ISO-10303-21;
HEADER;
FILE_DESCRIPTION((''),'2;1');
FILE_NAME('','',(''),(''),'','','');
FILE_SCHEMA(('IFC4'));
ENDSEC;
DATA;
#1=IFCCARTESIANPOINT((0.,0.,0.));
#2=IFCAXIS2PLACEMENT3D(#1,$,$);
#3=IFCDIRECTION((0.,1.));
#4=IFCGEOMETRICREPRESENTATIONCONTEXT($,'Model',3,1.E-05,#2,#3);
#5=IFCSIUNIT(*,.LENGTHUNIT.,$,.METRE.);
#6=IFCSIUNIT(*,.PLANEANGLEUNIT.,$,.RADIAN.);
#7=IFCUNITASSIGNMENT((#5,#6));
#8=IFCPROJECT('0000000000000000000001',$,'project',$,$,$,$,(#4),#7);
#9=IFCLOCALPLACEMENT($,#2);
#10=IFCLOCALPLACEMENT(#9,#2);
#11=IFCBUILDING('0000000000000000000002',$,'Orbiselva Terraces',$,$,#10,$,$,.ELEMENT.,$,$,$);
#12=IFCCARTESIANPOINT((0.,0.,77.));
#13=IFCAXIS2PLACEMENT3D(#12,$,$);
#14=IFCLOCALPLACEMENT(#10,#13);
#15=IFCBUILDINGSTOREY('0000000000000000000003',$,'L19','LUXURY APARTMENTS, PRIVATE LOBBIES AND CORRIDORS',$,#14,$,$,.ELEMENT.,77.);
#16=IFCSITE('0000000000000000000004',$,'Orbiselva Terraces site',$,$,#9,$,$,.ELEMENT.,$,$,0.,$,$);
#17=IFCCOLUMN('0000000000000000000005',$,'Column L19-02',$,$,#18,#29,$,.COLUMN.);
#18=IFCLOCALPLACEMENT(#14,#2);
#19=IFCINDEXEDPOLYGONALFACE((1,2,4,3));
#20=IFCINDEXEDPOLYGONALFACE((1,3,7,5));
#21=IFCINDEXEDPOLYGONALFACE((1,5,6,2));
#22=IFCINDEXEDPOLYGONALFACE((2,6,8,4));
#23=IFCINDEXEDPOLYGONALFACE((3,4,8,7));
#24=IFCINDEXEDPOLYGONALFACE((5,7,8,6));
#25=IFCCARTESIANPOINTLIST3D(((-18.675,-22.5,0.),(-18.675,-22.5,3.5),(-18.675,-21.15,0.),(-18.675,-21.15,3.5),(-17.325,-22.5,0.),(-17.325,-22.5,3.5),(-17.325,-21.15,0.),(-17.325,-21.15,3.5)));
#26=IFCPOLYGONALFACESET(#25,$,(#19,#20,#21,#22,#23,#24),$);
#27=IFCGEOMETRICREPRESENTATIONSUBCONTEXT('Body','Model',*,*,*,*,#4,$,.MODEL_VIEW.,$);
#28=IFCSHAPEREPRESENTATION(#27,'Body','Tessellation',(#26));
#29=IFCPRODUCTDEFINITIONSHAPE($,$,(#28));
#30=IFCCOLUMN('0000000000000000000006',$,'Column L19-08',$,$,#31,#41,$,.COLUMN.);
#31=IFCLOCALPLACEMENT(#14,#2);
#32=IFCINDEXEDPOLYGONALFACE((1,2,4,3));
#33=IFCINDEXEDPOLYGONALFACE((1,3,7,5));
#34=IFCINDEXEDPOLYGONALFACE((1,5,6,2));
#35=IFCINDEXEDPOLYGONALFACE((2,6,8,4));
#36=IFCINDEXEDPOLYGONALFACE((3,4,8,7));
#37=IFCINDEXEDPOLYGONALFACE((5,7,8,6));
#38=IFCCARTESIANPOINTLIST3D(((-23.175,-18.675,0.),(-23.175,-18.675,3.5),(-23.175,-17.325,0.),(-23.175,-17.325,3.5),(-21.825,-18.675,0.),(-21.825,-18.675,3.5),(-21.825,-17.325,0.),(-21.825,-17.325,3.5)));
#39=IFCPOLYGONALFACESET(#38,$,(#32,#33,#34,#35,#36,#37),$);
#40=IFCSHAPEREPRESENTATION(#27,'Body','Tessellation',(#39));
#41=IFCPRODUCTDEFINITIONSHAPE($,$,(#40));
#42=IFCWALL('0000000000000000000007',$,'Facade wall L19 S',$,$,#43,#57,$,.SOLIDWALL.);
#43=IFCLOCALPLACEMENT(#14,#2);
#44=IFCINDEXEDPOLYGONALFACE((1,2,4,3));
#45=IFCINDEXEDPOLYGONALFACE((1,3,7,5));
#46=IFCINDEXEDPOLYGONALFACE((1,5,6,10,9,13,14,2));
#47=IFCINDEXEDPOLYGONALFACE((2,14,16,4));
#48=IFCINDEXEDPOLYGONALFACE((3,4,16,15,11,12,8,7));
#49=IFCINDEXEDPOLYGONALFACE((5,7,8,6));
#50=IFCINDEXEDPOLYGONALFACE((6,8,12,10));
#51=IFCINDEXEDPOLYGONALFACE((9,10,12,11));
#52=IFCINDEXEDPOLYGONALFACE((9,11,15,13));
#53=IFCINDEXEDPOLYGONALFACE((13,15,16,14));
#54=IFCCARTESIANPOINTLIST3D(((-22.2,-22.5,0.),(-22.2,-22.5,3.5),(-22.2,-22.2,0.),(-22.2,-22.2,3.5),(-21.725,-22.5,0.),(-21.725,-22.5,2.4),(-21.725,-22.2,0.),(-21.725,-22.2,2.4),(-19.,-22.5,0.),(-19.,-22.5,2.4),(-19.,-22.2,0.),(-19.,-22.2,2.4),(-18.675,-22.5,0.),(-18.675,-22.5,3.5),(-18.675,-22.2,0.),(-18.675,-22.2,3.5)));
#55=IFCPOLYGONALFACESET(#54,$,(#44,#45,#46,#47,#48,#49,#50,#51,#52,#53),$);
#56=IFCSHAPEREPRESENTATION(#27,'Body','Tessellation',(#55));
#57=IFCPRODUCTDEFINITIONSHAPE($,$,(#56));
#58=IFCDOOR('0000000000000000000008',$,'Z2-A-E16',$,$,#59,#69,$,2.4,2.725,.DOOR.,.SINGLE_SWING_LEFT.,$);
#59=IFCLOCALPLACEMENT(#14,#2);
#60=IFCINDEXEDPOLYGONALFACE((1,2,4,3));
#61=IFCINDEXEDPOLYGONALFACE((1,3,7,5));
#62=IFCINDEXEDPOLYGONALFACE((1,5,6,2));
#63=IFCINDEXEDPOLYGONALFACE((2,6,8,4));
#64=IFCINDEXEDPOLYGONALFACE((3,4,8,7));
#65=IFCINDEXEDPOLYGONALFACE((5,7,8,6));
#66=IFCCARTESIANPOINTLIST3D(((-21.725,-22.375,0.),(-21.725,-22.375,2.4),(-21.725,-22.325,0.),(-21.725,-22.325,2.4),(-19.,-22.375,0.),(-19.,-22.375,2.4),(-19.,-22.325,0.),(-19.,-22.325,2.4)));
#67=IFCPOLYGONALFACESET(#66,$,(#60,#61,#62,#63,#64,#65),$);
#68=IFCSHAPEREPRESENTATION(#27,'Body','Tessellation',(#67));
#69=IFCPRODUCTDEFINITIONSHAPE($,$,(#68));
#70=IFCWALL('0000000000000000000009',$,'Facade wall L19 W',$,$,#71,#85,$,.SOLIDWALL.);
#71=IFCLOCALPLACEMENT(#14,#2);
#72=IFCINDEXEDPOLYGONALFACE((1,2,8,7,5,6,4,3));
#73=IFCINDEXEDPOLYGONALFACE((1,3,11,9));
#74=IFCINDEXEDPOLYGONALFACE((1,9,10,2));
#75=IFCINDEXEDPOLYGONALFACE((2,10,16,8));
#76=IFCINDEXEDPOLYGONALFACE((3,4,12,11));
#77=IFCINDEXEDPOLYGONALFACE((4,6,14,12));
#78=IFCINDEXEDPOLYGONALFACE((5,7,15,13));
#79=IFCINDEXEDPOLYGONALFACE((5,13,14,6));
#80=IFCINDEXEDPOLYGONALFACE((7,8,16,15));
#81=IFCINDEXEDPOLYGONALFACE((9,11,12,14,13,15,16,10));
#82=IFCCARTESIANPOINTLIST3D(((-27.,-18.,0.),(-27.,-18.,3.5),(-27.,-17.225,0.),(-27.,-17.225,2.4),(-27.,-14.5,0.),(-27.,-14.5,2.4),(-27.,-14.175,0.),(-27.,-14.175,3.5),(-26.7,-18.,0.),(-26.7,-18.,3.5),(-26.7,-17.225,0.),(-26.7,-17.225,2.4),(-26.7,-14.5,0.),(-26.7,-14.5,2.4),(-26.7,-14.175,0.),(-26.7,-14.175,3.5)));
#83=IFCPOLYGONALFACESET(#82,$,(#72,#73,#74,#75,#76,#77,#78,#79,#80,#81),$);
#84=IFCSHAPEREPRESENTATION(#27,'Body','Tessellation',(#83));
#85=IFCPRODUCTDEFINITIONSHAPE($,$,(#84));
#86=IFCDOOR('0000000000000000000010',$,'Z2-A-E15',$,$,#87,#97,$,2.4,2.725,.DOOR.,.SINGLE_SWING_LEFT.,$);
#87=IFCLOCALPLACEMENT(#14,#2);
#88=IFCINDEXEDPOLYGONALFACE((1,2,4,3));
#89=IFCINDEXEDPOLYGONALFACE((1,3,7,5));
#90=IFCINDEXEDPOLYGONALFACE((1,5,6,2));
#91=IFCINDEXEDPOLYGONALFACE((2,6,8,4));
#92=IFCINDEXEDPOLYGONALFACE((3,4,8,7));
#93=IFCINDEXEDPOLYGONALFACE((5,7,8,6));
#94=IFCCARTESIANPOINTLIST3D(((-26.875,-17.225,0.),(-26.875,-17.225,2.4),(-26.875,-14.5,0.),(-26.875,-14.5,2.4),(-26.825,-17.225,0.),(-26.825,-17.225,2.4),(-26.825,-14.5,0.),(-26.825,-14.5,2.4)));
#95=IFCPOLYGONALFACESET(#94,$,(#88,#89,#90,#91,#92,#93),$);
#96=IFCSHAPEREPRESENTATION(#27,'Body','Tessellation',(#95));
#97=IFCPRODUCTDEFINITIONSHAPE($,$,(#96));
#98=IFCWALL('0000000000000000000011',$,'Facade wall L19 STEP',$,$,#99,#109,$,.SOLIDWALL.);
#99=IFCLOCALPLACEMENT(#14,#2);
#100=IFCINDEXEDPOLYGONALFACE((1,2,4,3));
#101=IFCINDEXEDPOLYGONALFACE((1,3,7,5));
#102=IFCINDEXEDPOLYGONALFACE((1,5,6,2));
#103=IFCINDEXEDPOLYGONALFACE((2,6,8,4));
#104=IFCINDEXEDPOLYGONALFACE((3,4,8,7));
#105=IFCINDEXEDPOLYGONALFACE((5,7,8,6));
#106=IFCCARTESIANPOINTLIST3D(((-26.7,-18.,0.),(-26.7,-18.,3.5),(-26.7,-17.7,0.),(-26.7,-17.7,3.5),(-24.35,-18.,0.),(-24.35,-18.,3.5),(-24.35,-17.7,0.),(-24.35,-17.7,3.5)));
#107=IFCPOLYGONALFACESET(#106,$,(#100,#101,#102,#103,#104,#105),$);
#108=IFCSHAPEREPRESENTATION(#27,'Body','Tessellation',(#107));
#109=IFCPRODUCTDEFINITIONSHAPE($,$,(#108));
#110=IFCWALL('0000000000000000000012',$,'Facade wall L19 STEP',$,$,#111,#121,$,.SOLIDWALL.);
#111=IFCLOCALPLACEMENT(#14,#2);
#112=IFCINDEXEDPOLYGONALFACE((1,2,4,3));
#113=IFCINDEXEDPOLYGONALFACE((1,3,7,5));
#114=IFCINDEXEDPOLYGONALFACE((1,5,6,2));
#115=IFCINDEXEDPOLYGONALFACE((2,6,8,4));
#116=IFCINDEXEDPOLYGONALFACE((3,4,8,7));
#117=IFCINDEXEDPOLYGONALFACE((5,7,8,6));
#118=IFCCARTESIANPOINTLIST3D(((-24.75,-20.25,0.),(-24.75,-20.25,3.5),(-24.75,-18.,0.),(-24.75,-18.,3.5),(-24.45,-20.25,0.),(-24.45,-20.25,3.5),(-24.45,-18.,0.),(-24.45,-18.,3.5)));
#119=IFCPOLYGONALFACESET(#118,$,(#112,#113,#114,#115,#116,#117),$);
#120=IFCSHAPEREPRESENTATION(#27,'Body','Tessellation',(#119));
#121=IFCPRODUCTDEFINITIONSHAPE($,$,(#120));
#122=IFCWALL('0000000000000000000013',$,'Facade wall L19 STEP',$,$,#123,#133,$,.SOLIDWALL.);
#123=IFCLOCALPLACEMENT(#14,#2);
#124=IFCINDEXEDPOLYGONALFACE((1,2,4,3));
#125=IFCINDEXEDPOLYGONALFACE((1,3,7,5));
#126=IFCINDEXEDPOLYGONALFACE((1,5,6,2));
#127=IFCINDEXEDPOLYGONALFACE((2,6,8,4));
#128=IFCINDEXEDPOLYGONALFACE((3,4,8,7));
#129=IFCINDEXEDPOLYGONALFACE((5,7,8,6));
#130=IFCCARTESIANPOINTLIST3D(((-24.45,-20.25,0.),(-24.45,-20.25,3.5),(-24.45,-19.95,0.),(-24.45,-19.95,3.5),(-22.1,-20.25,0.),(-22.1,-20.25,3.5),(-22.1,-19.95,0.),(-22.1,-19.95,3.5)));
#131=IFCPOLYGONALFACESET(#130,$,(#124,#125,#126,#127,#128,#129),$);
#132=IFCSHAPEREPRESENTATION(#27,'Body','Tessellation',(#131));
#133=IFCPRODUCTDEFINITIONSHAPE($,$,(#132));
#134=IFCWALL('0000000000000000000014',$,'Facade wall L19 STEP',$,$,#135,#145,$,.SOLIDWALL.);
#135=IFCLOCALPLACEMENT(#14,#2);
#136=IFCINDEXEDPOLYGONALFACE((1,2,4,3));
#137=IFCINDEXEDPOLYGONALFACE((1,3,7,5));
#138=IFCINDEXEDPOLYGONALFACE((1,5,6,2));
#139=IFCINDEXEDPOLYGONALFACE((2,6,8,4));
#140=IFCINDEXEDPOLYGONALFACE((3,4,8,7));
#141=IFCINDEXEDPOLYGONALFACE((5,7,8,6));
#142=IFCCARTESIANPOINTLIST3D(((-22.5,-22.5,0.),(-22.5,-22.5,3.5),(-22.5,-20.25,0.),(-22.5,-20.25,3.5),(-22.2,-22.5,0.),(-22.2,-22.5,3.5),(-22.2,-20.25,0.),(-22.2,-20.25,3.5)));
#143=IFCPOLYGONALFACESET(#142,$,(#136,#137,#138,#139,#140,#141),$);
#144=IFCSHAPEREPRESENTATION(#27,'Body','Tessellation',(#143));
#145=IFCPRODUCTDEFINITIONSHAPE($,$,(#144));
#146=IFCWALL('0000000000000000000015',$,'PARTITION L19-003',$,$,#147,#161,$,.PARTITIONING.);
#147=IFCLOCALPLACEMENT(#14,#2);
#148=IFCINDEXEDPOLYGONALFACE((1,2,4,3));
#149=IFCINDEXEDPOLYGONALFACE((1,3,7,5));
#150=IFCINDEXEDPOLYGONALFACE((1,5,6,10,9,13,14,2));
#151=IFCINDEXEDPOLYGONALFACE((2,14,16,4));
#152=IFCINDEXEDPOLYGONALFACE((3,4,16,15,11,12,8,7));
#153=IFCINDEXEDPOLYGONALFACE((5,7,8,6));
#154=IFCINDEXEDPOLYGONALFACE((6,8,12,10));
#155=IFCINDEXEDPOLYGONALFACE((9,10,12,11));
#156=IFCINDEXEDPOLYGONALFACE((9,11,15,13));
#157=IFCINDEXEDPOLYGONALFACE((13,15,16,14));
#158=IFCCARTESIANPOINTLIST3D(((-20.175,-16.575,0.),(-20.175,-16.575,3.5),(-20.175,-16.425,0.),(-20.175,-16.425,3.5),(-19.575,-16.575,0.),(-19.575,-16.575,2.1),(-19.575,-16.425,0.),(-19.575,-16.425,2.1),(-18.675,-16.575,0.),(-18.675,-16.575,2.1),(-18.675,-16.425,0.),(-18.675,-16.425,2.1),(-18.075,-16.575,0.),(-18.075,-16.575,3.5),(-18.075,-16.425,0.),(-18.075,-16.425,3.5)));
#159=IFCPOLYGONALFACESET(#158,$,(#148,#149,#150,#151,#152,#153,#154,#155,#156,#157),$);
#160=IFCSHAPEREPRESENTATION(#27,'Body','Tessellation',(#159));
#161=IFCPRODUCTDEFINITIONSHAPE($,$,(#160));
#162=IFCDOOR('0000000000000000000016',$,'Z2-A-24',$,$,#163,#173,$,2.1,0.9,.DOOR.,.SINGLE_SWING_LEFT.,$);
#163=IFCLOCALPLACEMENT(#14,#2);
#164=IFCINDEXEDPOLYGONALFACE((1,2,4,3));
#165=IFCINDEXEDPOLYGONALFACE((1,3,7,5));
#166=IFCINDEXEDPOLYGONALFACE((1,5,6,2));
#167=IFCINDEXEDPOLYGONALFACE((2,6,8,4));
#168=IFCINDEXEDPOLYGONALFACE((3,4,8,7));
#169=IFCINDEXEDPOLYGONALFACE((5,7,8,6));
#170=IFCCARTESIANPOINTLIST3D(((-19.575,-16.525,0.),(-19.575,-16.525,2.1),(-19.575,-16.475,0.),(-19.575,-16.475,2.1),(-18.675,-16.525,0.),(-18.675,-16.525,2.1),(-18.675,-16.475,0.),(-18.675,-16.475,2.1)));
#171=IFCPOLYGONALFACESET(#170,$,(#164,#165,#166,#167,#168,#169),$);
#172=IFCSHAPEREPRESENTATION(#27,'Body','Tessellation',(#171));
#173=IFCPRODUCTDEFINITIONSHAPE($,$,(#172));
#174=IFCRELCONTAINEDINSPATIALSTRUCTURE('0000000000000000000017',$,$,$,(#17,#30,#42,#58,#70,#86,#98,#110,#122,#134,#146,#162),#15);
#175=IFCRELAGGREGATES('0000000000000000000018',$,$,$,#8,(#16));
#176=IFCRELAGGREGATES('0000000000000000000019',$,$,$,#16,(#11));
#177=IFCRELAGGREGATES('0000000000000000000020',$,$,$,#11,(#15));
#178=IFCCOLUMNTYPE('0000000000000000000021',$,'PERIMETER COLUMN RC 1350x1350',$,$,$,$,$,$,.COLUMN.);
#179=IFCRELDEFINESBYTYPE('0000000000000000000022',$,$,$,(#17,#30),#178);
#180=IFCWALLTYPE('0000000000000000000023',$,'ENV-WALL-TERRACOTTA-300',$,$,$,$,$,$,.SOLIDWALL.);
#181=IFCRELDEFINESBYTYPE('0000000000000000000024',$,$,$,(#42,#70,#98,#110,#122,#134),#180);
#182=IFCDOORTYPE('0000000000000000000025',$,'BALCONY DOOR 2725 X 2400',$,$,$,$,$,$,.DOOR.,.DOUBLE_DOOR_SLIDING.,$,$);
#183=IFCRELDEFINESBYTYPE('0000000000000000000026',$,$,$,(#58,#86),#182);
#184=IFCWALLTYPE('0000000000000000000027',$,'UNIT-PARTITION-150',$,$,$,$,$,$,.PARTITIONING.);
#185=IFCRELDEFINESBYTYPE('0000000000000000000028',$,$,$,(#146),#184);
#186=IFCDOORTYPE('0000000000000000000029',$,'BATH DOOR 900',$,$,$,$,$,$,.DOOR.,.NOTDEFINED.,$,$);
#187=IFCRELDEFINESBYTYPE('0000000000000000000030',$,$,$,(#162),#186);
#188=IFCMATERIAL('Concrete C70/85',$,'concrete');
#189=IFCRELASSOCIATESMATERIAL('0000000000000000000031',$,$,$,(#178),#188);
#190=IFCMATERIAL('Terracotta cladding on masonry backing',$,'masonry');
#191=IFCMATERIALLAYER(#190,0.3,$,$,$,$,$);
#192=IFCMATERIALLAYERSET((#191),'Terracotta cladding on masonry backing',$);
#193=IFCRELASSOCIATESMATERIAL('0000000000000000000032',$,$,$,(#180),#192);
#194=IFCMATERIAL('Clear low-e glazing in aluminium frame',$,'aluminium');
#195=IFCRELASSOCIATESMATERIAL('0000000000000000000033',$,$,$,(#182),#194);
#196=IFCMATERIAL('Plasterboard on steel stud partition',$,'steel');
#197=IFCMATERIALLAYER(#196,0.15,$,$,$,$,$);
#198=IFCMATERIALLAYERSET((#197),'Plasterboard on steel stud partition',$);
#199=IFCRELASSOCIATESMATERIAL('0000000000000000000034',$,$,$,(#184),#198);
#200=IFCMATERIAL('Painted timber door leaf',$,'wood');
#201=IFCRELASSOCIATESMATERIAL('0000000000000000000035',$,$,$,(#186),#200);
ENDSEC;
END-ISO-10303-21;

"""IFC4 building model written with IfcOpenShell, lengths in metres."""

from ifc_helpers import new_model, si_unit, direction, frame, frame_2d, origin, origin_2d, place, context, subcontext, project, spatial, rectangle, extrude, material, layer, layer_set, material_profile, profile_set, type_object, element, fill, save


model = new_model("IFC4")

# Units and contexts
model_context = context("Model", 3, precision=1e-05, world=origin(), true_north=direction((0.0, 1.0)))
body_context = subcontext(model_context, "Body", "Model", "MODEL_VIEW")
ifc_project = project(units=[si_unit("LENGTHUNIT", "METRE"), si_unit("PLANEANGLEUNIT", "RADIAN")], contexts=[model_context])

# Site, building, storey
site_placement = place(None, origin())
site = spatial("IfcSite", under=ifc_project, at=site_placement, Name="Orbiselva Terraces site", CompositionType="ELEMENT", RefElevation=0.0)
building_placement = place(site_placement, origin())
building = spatial("IfcBuilding", under=site, at=building_placement, Name="Orbiselva Terraces", CompositionType="ELEMENT")
storey_placement = place(building_placement, frame((0.0, 0.0, 77.0)))
storey = spatial("IfcBuildingStorey", under=building, at=storey_placement, Name="L19", Description="LUXURY APARTMENTS, PRIVATE LOBBIES AND CORRIDORS", CompositionType="ELEMENT", Elevation=77.0)

# Columns
ifc_material_1 = material(Name="Concrete C70/85", Category="concrete")
ifc_material_profile = material_profile(ifc_material_1, rectangle(XDim=1.35, YDim=1.35, at=origin_2d()), Name="RC 1350x1350")
ifc_profile_set = profile_set([ifc_material_profile], Name="Concrete C70/85")
column_type = type_object("IfcColumnType", Name="PERIMETER COLUMN RC 1350x1350", PredefinedType="COLUMN", material=ifc_profile_set)
for number, where, z_axis, x_axis, name in (
    (1, (-18.0, -21.825, 0.0), (0.0, 0.0, 1.0), (1.0, 0.0, 0.0), "Column L19-02"),
    (2, (-22.5, -18.0, 0.0), (0.0, 0.0, 1.0), (1.0, 0.0, 0.0), "Column L19-08"),
):
    element("IfcColumn", number, at=place(storey_placement, frame(where, z_axis=z_axis, x_axis=x_axis)), inside=storey, type_object=column_type, Name=name, PredefinedType="COLUMN", context=body_context, shape_type="SweptSolid", body=[
        extrude(rectangle(XDim=1.35, YDim=1.35, at=origin_2d()), origin(), (0.0, 0.0, 1.0), 3.5),
    ])

# Walls, openings, doors
ifc_material_2 = material(Name="Terracotta cladding on masonry backing", Category="masonry")
ifc_layer_1 = layer(ifc_material_2, 0.3)
ifc_layer_set_1 = layer_set([ifc_layer_1], Name="Terracotta cladding on masonry backing")
wall_type_1 = type_object("IfcWallType", Name="ENV-WALL-TERRACOTTA-300", PredefinedType="SOLIDWALL", material=ifc_layer_set_1)
wall_1_placement = place(storey_placement, frame((-18.675, -22.35, 0.0), z_axis=(0.0, 0.0, 1.0), x_axis=(-1.0, 0.0, 0.0)))
wall_1 = element("IfcWall", 3, at=wall_1_placement, inside=storey, type_object=wall_type_1, Name="Facade wall L19 S", PredefinedType="SOLIDWALL", context=body_context, shape_type="SweptSolid", body=[
    extrude(rectangle(XDim=3.525, YDim=0.3, at=frame_2d((1.7625, 0.0))), origin(), (0.0, 0.0, 1.0), 3.5),
])
opening_1_placement = place(wall_1_placement, frame((0.325, 0.0, 0.0)))
opening_1 = element("IfcOpeningElement", 4, at=opening_1_placement, cuts=wall_1, PredefinedType="OPENING", context=body_context, shape_type="SweptSolid", body=[
    extrude(rectangle(XDim=2.725, YDim=2.4, at=frame_2d((1.3625, 1.2))), frame((0.0, 0.16, 0.0), z_axis=(0.0, -1.0, 0.0), x_axis=(1.0, 0.0, 0.0)), (0.0, 0.0, 1.0), 0.32),
])
ifc_material_3 = material(Name="Clear low-e glazing in aluminium frame", Category="aluminium")
door_type_1 = type_object("IfcDoorType", Name="BALCONY DOOR 2725 X 2400", OperationType="DOUBLE_DOOR_SLIDING", PredefinedType="DOOR", material=ifc_material_3)
door_1_placement = place(opening_1_placement, origin())
door_1 = element("IfcDoor", 5, at=door_1_placement, inside=storey, type_object=door_type_1, Name="Z2-A-E16", OperationType="SINGLE_SWING_LEFT", OverallHeight=2.4, OverallWidth=2.725, PredefinedType="DOOR", context=body_context, shape_type="SweptSolid", body=[
    extrude(rectangle(XDim=2.725, YDim=2.4, at=frame_2d((1.3625, 1.2))), frame((0.0, 0.025, 0.0), z_axis=(0.0, -1.0, 0.0), x_axis=(1.0, 0.0, 0.0)), (0.0, 0.0, 1.0), 0.05),
])
fill(opening_1, door_1)
wall_2_placement = place(storey_placement, frame((-26.85, -18.0, 0.0), z_axis=(0.0, 0.0, 1.0), x_axis=(0.0, 1.0, 0.0)))
wall_2 = element("IfcWall", 6, at=wall_2_placement, inside=storey, type_object=wall_type_1, Name="Facade wall L19 W", PredefinedType="SOLIDWALL", context=body_context, shape_type="SweptSolid", body=[
    extrude(rectangle(XDim=3.825, YDim=0.3, at=frame_2d((1.9125, 0.0))), origin(), (0.0, 0.0, 1.0), 3.5),
])
opening_2_placement = place(wall_2_placement, frame((0.775, 0.0, 0.0)))
opening_2 = element("IfcOpeningElement", 7, at=opening_2_placement, cuts=wall_2, PredefinedType="OPENING", context=body_context, shape_type="SweptSolid", body=[
    extrude(rectangle(XDim=2.725, YDim=2.4, at=frame_2d((1.3625, 1.2))), frame((0.0, 0.16, 0.0), z_axis=(0.0, -1.0, 0.0), x_axis=(1.0, 0.0, 0.0)), (0.0, 0.0, 1.0), 0.32),
])
door_2_placement = place(opening_2_placement, origin())
door_2 = element("IfcDoor", 8, at=door_2_placement, inside=storey, type_object=door_type_1, Name="Z2-A-E15", OperationType="SINGLE_SWING_LEFT", OverallHeight=2.4, OverallWidth=2.725, PredefinedType="DOOR", context=body_context, shape_type="SweptSolid", body=[
    extrude(rectangle(XDim=2.725, YDim=2.4, at=frame_2d((1.3625, 1.2))), frame((0.0, 0.025, 0.0), z_axis=(0.0, -1.0, 0.0), x_axis=(1.0, 0.0, 0.0)), (0.0, 0.0, 1.0), 0.05),
])
fill(opening_2, door_2)

# Walls
wall_3_placement = place(storey_placement, frame((-24.35, -17.85, 0.0), z_axis=(0.0, 0.0, 1.0), x_axis=(-1.0, 0.0, 0.0)))
element("IfcWall", 9, at=wall_3_placement, inside=storey, type_object=wall_type_1, Name="Facade wall L19 STEP", PredefinedType="SOLIDWALL", context=body_context, shape_type="SweptSolid", body=[
    extrude(rectangle(XDim=2.35, YDim=0.3, at=frame_2d((1.175, 0.0))), origin(), (0.0, 0.0, 1.0), 3.5),
])
wall_4_placement = place(storey_placement, frame((-24.6, -20.25, 0.0), z_axis=(0.0, 0.0, 1.0), x_axis=(0.0, 1.0, 0.0)))
element("IfcWall", 10, at=wall_4_placement, inside=storey, type_object=wall_type_1, Name="Facade wall L19 STEP", PredefinedType="SOLIDWALL", context=body_context, shape_type="SweptSolid", body=[
    extrude(rectangle(XDim=2.25, YDim=0.3, at=frame_2d((1.125, 0.0))), origin(), (0.0, 0.0, 1.0), 3.5),
])
wall_5_placement = place(storey_placement, frame((-22.1, -20.1, 0.0), z_axis=(0.0, 0.0, 1.0), x_axis=(-1.0, 0.0, 0.0)))
element("IfcWall", 11, at=wall_5_placement, inside=storey, type_object=wall_type_1, Name="Facade wall L19 STEP", PredefinedType="SOLIDWALL", context=body_context, shape_type="SweptSolid", body=[
    extrude(rectangle(XDim=2.35, YDim=0.3, at=frame_2d((1.175, 0.0))), origin(), (0.0, 0.0, 1.0), 3.5),
])
wall_6_placement = place(storey_placement, frame((-22.35, -22.5, 0.0), z_axis=(0.0, 0.0, 1.0), x_axis=(0.0, 1.0, 0.0)))
element("IfcWall", 12, at=wall_6_placement, inside=storey, type_object=wall_type_1, Name="Facade wall L19 STEP", PredefinedType="SOLIDWALL", context=body_context, shape_type="SweptSolid", body=[
    extrude(rectangle(XDim=2.25, YDim=0.3, at=frame_2d((1.125, 0.0))), origin(), (0.0, 0.0, 1.0), 3.5),
])

# Wall, opening, door
ifc_material_4 = material(Name="Plasterboard on steel stud partition", Category="steel")
ifc_layer_2 = layer(ifc_material_4, 0.15)
ifc_layer_set_2 = layer_set([ifc_layer_2], Name="Plasterboard on steel stud partition")
wall_type_2 = type_object("IfcWallType", Name="UNIT-PARTITION-150", PredefinedType="PARTITIONING", material=ifc_layer_set_2)
wall_7_placement = place(storey_placement, frame((-20.175, -16.5, 0.0), z_axis=(0.0, 0.0, 1.0), x_axis=(1.0, 0.0, 0.0)))
wall_7 = element("IfcWall", 13, at=wall_7_placement, inside=storey, type_object=wall_type_2, Name="PARTITION L19-003", PredefinedType="PARTITIONING", context=body_context, shape_type="SweptSolid", body=[
    extrude(rectangle(XDim=2.1, YDim=0.15, at=frame_2d((1.05, 0.0))), origin(), (0.0, 0.0, 1.0), 3.5),
])
opening_3_placement = place(wall_7_placement, frame((0.6, 0.0, 0.0)))
opening_3 = element("IfcOpeningElement", 14, at=opening_3_placement, cuts=wall_7, PredefinedType="OPENING", context=body_context, shape_type="SweptSolid", body=[
    extrude(rectangle(XDim=0.9, YDim=2.1, at=frame_2d((0.45, 1.05))), frame((0.0, 0.085, 0.0), z_axis=(0.0, -1.0, 0.0), x_axis=(1.0, 0.0, 0.0)), (0.0, 0.0, 1.0), 0.17),
])
ifc_material_5 = material(Name="Painted timber door leaf", Category="wood")
door_type_2 = type_object("IfcDoorType", Name="BATH DOOR 900", OperationType="NOTDEFINED", PredefinedType="DOOR", material=ifc_material_5)
door_3_placement = place(opening_3_placement, origin())
door_3 = element("IfcDoor", 15, at=door_3_placement, inside=storey, type_object=door_type_2, Name="Z2-A-24", OperationType="SINGLE_SWING_LEFT", OverallHeight=2.1, OverallWidth=0.9, PredefinedType="DOOR", context=body_context, shape_type="SweptSolid", body=[
    extrude(rectangle(XDim=0.9, YDim=2.1, at=frame_2d((0.45, 1.05))), frame((0.0, 0.025, 0.0), z_axis=(0.0, -1.0, 0.0), x_axis=(1.0, 0.0, 0.0)), (0.0, 0.0, 1.0), 0.05),
])
fill(opening_3, door_3)

save(model, "model.ifc")
